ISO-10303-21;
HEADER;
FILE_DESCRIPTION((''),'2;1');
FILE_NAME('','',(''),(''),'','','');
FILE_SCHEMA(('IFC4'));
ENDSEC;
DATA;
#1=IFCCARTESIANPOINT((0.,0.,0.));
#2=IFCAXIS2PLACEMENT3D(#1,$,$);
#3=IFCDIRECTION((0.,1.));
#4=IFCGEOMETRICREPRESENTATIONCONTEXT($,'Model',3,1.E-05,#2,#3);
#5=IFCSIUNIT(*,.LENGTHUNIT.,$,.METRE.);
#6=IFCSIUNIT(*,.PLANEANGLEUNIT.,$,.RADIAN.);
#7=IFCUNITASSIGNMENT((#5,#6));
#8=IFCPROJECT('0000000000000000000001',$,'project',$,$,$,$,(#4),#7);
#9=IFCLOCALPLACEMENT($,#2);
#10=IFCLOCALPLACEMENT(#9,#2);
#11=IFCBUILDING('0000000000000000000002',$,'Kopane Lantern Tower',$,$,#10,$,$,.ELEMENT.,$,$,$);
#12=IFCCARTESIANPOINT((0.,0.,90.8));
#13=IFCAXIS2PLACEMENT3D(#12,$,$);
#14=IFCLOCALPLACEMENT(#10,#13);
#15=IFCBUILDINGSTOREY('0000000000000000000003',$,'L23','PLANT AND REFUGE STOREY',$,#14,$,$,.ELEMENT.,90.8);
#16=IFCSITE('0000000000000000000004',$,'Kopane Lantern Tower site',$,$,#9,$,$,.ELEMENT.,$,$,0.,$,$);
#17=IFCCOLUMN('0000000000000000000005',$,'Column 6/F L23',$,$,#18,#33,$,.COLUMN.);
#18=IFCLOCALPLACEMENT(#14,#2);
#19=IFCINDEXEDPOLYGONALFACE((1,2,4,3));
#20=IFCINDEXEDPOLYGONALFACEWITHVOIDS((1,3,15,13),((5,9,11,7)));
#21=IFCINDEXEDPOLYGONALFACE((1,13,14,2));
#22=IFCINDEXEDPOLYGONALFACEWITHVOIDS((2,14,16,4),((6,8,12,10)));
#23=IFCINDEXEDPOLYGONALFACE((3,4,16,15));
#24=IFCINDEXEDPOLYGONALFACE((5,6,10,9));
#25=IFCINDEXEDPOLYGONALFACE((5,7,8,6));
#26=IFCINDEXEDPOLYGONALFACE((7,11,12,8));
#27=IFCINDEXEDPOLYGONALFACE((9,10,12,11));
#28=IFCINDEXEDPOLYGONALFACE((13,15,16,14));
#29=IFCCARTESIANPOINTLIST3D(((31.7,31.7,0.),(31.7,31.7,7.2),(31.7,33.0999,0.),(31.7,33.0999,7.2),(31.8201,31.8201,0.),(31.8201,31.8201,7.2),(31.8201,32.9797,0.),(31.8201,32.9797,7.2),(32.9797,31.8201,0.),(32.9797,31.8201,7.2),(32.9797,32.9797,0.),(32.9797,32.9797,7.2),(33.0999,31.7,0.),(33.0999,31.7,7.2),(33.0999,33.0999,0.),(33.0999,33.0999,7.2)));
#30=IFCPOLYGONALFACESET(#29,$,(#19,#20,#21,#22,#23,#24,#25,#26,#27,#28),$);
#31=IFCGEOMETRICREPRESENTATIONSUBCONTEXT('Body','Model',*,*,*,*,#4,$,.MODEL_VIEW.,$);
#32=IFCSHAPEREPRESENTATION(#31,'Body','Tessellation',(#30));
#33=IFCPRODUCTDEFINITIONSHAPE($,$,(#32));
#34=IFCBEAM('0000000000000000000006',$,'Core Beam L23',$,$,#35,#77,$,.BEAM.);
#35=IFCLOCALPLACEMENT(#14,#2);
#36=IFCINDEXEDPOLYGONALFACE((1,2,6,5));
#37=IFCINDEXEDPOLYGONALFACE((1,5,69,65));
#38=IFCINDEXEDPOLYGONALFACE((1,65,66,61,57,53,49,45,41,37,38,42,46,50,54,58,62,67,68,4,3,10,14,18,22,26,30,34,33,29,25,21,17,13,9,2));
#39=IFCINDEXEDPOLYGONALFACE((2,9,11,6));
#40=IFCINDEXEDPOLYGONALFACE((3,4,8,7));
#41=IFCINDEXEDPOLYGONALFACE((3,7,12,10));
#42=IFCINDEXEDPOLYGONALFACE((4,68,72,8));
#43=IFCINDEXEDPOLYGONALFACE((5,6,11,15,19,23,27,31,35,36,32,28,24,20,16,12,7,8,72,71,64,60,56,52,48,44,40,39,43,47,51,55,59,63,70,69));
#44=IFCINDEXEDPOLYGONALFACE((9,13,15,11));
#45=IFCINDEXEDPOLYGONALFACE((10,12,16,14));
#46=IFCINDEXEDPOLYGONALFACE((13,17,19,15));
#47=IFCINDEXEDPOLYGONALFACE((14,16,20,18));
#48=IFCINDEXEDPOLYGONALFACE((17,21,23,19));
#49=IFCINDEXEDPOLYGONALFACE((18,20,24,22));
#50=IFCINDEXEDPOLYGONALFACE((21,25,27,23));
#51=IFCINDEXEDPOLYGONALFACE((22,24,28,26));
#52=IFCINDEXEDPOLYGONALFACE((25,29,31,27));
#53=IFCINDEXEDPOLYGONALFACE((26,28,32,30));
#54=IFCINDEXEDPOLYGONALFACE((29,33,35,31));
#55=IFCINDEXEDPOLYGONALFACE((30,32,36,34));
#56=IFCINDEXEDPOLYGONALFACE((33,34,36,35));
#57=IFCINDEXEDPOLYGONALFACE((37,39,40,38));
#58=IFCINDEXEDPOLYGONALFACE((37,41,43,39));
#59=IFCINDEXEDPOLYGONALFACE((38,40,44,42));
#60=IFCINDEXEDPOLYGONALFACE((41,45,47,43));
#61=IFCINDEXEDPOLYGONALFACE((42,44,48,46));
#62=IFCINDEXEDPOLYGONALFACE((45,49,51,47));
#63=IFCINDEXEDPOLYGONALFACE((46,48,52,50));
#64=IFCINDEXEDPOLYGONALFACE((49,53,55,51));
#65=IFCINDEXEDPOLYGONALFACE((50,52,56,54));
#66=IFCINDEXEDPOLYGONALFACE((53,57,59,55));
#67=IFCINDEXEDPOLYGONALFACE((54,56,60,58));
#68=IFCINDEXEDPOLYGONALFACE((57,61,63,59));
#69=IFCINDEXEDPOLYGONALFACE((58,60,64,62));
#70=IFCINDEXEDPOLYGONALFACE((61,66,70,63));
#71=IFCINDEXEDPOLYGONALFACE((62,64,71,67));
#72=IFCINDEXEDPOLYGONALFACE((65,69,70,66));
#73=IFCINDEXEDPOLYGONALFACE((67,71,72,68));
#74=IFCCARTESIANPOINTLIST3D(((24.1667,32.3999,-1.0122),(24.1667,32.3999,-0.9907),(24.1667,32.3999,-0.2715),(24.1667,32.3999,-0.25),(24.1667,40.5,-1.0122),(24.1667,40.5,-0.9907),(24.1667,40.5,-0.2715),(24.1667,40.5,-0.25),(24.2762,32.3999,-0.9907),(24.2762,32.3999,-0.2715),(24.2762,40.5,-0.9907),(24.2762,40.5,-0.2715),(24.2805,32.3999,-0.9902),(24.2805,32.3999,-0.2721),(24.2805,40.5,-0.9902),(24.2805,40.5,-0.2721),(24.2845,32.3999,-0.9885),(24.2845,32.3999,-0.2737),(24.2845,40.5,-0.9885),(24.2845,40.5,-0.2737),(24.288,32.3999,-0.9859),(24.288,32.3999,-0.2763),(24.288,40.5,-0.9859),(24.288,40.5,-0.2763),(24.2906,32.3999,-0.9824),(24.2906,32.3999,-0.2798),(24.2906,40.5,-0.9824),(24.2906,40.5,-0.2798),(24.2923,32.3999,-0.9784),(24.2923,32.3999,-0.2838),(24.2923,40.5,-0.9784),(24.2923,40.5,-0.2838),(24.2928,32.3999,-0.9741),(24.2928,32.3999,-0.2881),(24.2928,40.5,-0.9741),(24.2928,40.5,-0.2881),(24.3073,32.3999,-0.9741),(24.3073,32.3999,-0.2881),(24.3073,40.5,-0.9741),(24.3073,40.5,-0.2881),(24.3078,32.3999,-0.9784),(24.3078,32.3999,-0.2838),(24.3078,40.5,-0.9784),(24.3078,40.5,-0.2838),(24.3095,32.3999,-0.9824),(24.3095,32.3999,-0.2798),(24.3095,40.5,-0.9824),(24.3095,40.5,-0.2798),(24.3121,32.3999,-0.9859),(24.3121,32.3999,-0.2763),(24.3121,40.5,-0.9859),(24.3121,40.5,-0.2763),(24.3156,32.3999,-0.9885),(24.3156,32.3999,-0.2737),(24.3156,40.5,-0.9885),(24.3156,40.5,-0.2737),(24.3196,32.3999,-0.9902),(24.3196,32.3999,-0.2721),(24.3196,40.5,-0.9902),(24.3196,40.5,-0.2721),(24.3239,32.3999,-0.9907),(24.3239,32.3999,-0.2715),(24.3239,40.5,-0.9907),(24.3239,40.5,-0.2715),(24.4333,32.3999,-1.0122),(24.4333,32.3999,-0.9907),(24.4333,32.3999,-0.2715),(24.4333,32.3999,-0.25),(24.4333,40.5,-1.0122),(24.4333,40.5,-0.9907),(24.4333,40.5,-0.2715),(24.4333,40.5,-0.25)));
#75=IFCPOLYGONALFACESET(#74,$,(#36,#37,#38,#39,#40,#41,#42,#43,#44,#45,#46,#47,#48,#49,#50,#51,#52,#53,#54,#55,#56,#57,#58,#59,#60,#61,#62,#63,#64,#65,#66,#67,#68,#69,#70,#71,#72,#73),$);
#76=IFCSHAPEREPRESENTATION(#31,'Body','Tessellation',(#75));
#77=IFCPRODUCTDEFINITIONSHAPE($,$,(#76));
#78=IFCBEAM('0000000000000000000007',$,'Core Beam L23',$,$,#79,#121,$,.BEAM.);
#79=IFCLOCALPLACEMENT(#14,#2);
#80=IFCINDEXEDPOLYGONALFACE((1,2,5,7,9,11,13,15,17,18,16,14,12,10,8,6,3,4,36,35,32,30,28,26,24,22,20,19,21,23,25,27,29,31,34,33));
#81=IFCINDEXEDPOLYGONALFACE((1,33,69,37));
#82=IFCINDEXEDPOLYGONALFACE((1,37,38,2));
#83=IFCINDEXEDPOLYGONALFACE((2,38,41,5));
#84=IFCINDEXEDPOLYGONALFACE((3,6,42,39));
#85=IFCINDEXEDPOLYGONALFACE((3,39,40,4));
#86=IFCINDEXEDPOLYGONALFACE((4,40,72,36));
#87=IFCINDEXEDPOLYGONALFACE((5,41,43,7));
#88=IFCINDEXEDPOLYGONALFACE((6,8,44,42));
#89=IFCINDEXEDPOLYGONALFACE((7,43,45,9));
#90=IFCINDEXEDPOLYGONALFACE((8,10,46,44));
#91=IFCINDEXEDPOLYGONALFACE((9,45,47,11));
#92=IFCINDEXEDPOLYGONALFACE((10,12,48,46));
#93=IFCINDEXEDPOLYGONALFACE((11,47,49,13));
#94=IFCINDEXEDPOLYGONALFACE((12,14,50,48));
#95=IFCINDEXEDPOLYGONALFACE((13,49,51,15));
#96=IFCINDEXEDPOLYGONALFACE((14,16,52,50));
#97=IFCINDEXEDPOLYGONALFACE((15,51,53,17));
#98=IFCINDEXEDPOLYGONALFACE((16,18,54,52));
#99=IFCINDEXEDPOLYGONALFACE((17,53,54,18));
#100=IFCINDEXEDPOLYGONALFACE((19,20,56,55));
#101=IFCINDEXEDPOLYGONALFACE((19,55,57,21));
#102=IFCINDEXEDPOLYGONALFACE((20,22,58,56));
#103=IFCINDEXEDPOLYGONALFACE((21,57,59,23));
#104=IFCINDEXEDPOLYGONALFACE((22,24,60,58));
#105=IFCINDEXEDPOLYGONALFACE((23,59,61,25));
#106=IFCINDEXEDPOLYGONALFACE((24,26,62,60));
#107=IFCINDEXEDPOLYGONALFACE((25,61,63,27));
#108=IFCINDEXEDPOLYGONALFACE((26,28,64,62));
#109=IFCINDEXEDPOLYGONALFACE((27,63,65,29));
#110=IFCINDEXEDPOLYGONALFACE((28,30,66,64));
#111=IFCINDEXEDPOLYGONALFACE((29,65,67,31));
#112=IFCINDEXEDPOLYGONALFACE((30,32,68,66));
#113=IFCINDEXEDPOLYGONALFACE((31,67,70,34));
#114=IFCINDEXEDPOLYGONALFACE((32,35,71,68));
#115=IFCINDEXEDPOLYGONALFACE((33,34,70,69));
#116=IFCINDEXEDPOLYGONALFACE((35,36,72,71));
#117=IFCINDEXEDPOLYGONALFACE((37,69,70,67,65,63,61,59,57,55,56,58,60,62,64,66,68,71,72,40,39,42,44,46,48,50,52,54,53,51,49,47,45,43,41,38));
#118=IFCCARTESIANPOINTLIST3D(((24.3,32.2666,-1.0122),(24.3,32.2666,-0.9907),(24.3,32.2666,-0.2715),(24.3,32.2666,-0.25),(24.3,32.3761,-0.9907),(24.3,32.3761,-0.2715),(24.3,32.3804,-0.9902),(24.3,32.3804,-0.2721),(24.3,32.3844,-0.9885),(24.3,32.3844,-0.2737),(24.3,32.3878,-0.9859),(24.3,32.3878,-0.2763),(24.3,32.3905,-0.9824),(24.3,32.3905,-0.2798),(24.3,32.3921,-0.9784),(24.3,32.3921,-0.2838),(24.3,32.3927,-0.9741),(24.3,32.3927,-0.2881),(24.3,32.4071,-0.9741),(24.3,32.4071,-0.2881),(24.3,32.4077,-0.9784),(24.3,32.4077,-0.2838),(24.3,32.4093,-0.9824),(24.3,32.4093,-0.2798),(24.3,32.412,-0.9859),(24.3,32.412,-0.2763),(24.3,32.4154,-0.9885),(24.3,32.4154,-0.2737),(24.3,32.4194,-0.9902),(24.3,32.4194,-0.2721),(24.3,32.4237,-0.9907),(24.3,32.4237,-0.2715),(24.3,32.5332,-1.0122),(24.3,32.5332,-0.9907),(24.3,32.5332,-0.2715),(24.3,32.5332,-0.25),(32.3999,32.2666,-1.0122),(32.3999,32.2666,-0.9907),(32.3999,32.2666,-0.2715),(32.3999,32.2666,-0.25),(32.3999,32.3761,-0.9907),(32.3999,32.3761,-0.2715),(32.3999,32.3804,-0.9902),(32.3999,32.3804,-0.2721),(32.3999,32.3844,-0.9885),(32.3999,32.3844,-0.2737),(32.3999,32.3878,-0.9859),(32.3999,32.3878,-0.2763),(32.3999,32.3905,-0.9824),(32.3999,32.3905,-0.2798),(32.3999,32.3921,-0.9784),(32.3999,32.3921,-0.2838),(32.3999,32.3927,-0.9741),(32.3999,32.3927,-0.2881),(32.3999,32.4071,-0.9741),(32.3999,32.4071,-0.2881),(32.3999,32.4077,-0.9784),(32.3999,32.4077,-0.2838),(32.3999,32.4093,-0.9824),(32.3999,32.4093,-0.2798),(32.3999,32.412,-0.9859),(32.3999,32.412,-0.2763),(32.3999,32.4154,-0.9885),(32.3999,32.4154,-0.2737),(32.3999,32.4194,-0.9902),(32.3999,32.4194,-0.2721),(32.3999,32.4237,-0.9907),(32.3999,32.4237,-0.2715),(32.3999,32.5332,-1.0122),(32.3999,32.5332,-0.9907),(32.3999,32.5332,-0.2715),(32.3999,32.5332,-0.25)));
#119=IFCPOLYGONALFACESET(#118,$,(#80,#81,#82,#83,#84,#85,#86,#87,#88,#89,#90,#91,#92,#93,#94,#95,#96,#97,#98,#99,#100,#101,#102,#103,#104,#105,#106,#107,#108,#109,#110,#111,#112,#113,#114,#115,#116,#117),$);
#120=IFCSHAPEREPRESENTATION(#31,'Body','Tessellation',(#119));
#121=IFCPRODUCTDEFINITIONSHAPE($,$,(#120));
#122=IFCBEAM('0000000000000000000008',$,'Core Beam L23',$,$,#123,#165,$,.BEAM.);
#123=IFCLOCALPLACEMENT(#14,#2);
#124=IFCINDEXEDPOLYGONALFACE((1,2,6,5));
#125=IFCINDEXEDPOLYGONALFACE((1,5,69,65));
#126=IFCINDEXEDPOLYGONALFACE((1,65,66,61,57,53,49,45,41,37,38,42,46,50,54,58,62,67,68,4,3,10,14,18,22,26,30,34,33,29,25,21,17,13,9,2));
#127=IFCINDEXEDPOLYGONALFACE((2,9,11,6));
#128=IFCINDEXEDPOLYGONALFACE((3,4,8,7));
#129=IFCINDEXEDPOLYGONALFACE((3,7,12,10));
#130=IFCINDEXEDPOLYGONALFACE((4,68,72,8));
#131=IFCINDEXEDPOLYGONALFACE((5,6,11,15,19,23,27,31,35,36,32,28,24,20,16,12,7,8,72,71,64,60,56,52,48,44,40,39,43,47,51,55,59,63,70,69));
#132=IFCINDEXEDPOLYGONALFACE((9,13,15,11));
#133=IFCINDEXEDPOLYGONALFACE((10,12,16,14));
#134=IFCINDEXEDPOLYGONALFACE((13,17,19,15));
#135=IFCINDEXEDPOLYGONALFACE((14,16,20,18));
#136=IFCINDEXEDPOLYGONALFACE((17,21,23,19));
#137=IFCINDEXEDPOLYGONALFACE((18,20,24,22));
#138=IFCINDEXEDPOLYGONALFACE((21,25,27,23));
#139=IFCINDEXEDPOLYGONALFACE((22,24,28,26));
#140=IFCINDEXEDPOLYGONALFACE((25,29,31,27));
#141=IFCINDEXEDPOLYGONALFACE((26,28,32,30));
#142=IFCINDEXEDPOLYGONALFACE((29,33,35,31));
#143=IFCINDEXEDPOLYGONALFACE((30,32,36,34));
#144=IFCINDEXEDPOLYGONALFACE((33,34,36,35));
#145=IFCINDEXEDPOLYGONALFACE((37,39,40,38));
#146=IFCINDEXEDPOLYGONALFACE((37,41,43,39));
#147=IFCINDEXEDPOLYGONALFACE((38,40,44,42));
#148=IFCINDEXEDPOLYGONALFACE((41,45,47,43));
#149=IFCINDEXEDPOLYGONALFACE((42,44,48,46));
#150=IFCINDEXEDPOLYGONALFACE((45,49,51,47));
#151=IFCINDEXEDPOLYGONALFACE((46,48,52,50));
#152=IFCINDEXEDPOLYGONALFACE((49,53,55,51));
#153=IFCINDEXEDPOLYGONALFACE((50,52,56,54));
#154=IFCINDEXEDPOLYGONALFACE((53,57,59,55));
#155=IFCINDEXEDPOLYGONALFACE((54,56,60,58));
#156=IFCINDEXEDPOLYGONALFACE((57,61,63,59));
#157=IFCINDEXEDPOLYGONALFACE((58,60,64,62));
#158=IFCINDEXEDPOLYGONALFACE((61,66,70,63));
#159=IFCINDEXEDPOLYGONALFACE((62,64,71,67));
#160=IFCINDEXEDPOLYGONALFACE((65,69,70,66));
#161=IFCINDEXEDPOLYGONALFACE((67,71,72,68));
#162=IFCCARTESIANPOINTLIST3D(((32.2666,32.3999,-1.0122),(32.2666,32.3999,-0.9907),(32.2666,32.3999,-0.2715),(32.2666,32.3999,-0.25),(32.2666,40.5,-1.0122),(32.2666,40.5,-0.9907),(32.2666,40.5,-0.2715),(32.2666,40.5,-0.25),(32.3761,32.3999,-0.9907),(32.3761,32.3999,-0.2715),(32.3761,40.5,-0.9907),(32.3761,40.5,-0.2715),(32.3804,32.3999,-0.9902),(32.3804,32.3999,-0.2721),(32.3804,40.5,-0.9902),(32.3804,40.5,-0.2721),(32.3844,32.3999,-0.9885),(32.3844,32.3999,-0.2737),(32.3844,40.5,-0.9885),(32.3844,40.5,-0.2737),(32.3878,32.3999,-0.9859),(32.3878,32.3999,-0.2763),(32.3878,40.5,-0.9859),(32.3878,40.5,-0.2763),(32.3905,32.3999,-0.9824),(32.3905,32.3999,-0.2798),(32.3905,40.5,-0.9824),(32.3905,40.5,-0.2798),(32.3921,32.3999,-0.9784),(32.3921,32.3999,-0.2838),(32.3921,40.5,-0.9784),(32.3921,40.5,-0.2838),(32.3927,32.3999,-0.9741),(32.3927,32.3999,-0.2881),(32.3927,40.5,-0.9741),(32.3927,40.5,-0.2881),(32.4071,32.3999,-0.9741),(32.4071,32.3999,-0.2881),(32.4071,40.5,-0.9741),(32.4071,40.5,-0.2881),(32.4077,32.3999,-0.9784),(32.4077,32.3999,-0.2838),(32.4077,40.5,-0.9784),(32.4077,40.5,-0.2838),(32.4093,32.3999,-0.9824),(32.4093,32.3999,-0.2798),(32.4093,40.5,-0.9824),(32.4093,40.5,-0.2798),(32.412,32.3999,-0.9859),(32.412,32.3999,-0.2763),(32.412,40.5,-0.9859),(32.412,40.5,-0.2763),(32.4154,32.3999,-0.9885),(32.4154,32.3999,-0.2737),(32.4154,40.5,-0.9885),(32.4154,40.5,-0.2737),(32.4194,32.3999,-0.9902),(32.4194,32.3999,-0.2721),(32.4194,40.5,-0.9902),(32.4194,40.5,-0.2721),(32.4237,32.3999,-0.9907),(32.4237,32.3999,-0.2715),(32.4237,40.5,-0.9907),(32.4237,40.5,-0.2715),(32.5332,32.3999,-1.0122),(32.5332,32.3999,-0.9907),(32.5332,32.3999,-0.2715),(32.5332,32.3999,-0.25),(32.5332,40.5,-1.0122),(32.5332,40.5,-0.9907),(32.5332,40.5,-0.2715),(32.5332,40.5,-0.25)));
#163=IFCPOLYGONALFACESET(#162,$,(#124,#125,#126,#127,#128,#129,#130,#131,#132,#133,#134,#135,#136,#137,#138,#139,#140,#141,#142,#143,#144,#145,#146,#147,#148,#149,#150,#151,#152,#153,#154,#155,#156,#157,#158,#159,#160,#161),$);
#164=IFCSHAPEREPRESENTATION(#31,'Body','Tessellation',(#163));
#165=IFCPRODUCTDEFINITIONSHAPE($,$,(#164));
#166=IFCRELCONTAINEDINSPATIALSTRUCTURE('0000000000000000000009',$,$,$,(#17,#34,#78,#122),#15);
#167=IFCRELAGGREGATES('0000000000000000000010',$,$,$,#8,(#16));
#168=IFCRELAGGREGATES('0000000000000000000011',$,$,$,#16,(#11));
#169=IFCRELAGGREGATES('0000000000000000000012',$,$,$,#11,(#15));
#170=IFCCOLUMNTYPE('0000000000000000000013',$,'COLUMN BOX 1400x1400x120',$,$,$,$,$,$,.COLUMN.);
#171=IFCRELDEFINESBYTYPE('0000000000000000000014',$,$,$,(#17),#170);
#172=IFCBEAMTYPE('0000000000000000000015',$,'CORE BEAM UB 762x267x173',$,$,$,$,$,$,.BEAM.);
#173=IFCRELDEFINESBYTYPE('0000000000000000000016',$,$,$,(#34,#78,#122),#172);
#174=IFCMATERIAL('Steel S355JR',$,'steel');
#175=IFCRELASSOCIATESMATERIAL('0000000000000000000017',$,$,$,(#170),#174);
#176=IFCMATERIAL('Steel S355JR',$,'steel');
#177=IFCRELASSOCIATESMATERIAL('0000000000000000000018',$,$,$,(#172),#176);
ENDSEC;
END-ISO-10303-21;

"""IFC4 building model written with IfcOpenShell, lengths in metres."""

from ifc_helpers import new_model, si_unit, direction, frame, origin, origin_2d, place, context, subcontext, project, spatial, hollow_rectangle, i_section, extrude, material, material_profile, profile_set, type_object, element, save


model = new_model("IFC4")

# Units and contexts
model_context = context("Model", 3, precision=1e-05, world=origin(), true_north=direction((0.0, 1.0)))
body_context = subcontext(model_context, "Body", "Model", "MODEL_VIEW")
ifc_project = project(units=[si_unit("LENGTHUNIT", "METRE"), si_unit("PLANEANGLEUNIT", "RADIAN")], contexts=[model_context])

# Site, building, storey
site_placement = place(None, origin())
site = spatial("IfcSite", under=ifc_project, at=site_placement, Name="Kopane Lantern Tower site", CompositionType="ELEMENT", RefElevation=0.0)
building_placement = place(site_placement, origin())
building = spatial("IfcBuilding", under=site, at=building_placement, Name="Kopane Lantern Tower", CompositionType="ELEMENT")
storey_placement = place(building_placement, frame((0.0, 0.0, 90.8)))
storey = spatial("IfcBuildingStorey", under=building, at=storey_placement, Name="L23", Description="PLANT AND REFUGE STOREY", CompositionType="ELEMENT", Elevation=90.8)

# Column
ifc_material_1 = material(Name="Steel S355JR", Category="steel")
ifc_material_profile_1 = material_profile(ifc_material_1, hollow_rectangle(XDim=1.3999, YDim=1.3999, WallThickness=0.1201, at=origin_2d()), Name="BOX 1400x1400x120")
ifc_profile_set_1 = profile_set([ifc_material_profile_1], Name="Steel S355JR")
column_type = type_object("IfcColumnType", Name="COLUMN BOX 1400x1400x120", PredefinedType="COLUMN", material=ifc_profile_set_1)
column_placement = place(storey_placement, frame((32.3999, 32.3999, 0.0), z_axis=(0.0, 0.0, 1.0), x_axis=(1.0, 0.0, 0.0)))
element("IfcColumn", 1, at=column_placement, inside=storey, type_object=column_type, Name="Column 6/F L23", PredefinedType="COLUMN", context=body_context, shape_type="SweptSolid", body=[
    extrude(hollow_rectangle(XDim=1.3999, YDim=1.3999, WallThickness=0.1201, at=origin_2d()), origin(), (0.0, 0.0, 1.0), 7.2),
])

# Beams
ifc_material_2 = material(Name="Steel S355JR", Category="steel")
ifc_material_profile_2 = material_profile(ifc_material_2, i_section(OverallWidth=0.2666, OverallDepth=0.7622, WebThickness=0.0144, FlangeThickness=0.0215, FilletRadius=0.0166, at=origin_2d()), Name="UB 762x267x173")
ifc_profile_set_2 = profile_set([ifc_material_profile_2], Name="Steel S355JR")
beam_type = type_object("IfcBeamType", Name="CORE BEAM UB 762x267x173", PredefinedType="BEAM", material=ifc_profile_set_2)
beam_1_placement = place(storey_placement, frame((24.3, 32.3999, -0.6311), z_axis=(0.0, 1.0, 0.0), x_axis=(-1.0, 0.0, 0.0)))
element("IfcBeam", 2, at=beam_1_placement, inside=storey, type_object=beam_type, Name="Core Beam L23", PredefinedType="BEAM", context=body_context, shape_type="SweptSolid", body=[
    extrude(i_section(OverallWidth=0.2666, OverallDepth=0.7622, WebThickness=0.0144, FlangeThickness=0.0215, FilletRadius=0.0166, at=origin_2d()), origin(), (0.0, 0.0, 1.0), 8.1001),
])
beam_2_placement = place(storey_placement, frame((24.3, 32.3999, -0.6311), z_axis=(1.0, 0.0, 0.0), x_axis=(0.0, 1.0, 0.0)))
element("IfcBeam", 3, at=beam_2_placement, inside=storey, type_object=beam_type, Name="Core Beam L23", PredefinedType="BEAM", context=body_context, shape_type="SweptSolid", body=[
    extrude(i_section(OverallWidth=0.2666, OverallDepth=0.7622, WebThickness=0.0144, FlangeThickness=0.0215, FilletRadius=0.0166, at=origin_2d()), origin(), (0.0, 0.0, 1.0), 8.0999),
])
for number, where, z_axis, x_axis, name in (
    (4, (32.3999, 32.3999, -0.6311), (0.0, 1.0, 0.0), (-1.0, 0.0, 0.0), "Core Beam L23"),
):
    element("IfcBeam", number, at=place(storey_placement, frame(where, z_axis=z_axis, x_axis=x_axis)), inside=storey, type_object=beam_type, Name=name, PredefinedType="BEAM", context=body_context, shape_type="SweptSolid", body=[
        extrude(i_section(OverallWidth=0.2666, OverallDepth=0.7622, WebThickness=0.0144, FlangeThickness=0.0215, FilletRadius=0.0166, at=origin_2d()), origin(), (0.0, 0.0, 1.0), 8.1001),
    ])

save(model, "model.ifc")
